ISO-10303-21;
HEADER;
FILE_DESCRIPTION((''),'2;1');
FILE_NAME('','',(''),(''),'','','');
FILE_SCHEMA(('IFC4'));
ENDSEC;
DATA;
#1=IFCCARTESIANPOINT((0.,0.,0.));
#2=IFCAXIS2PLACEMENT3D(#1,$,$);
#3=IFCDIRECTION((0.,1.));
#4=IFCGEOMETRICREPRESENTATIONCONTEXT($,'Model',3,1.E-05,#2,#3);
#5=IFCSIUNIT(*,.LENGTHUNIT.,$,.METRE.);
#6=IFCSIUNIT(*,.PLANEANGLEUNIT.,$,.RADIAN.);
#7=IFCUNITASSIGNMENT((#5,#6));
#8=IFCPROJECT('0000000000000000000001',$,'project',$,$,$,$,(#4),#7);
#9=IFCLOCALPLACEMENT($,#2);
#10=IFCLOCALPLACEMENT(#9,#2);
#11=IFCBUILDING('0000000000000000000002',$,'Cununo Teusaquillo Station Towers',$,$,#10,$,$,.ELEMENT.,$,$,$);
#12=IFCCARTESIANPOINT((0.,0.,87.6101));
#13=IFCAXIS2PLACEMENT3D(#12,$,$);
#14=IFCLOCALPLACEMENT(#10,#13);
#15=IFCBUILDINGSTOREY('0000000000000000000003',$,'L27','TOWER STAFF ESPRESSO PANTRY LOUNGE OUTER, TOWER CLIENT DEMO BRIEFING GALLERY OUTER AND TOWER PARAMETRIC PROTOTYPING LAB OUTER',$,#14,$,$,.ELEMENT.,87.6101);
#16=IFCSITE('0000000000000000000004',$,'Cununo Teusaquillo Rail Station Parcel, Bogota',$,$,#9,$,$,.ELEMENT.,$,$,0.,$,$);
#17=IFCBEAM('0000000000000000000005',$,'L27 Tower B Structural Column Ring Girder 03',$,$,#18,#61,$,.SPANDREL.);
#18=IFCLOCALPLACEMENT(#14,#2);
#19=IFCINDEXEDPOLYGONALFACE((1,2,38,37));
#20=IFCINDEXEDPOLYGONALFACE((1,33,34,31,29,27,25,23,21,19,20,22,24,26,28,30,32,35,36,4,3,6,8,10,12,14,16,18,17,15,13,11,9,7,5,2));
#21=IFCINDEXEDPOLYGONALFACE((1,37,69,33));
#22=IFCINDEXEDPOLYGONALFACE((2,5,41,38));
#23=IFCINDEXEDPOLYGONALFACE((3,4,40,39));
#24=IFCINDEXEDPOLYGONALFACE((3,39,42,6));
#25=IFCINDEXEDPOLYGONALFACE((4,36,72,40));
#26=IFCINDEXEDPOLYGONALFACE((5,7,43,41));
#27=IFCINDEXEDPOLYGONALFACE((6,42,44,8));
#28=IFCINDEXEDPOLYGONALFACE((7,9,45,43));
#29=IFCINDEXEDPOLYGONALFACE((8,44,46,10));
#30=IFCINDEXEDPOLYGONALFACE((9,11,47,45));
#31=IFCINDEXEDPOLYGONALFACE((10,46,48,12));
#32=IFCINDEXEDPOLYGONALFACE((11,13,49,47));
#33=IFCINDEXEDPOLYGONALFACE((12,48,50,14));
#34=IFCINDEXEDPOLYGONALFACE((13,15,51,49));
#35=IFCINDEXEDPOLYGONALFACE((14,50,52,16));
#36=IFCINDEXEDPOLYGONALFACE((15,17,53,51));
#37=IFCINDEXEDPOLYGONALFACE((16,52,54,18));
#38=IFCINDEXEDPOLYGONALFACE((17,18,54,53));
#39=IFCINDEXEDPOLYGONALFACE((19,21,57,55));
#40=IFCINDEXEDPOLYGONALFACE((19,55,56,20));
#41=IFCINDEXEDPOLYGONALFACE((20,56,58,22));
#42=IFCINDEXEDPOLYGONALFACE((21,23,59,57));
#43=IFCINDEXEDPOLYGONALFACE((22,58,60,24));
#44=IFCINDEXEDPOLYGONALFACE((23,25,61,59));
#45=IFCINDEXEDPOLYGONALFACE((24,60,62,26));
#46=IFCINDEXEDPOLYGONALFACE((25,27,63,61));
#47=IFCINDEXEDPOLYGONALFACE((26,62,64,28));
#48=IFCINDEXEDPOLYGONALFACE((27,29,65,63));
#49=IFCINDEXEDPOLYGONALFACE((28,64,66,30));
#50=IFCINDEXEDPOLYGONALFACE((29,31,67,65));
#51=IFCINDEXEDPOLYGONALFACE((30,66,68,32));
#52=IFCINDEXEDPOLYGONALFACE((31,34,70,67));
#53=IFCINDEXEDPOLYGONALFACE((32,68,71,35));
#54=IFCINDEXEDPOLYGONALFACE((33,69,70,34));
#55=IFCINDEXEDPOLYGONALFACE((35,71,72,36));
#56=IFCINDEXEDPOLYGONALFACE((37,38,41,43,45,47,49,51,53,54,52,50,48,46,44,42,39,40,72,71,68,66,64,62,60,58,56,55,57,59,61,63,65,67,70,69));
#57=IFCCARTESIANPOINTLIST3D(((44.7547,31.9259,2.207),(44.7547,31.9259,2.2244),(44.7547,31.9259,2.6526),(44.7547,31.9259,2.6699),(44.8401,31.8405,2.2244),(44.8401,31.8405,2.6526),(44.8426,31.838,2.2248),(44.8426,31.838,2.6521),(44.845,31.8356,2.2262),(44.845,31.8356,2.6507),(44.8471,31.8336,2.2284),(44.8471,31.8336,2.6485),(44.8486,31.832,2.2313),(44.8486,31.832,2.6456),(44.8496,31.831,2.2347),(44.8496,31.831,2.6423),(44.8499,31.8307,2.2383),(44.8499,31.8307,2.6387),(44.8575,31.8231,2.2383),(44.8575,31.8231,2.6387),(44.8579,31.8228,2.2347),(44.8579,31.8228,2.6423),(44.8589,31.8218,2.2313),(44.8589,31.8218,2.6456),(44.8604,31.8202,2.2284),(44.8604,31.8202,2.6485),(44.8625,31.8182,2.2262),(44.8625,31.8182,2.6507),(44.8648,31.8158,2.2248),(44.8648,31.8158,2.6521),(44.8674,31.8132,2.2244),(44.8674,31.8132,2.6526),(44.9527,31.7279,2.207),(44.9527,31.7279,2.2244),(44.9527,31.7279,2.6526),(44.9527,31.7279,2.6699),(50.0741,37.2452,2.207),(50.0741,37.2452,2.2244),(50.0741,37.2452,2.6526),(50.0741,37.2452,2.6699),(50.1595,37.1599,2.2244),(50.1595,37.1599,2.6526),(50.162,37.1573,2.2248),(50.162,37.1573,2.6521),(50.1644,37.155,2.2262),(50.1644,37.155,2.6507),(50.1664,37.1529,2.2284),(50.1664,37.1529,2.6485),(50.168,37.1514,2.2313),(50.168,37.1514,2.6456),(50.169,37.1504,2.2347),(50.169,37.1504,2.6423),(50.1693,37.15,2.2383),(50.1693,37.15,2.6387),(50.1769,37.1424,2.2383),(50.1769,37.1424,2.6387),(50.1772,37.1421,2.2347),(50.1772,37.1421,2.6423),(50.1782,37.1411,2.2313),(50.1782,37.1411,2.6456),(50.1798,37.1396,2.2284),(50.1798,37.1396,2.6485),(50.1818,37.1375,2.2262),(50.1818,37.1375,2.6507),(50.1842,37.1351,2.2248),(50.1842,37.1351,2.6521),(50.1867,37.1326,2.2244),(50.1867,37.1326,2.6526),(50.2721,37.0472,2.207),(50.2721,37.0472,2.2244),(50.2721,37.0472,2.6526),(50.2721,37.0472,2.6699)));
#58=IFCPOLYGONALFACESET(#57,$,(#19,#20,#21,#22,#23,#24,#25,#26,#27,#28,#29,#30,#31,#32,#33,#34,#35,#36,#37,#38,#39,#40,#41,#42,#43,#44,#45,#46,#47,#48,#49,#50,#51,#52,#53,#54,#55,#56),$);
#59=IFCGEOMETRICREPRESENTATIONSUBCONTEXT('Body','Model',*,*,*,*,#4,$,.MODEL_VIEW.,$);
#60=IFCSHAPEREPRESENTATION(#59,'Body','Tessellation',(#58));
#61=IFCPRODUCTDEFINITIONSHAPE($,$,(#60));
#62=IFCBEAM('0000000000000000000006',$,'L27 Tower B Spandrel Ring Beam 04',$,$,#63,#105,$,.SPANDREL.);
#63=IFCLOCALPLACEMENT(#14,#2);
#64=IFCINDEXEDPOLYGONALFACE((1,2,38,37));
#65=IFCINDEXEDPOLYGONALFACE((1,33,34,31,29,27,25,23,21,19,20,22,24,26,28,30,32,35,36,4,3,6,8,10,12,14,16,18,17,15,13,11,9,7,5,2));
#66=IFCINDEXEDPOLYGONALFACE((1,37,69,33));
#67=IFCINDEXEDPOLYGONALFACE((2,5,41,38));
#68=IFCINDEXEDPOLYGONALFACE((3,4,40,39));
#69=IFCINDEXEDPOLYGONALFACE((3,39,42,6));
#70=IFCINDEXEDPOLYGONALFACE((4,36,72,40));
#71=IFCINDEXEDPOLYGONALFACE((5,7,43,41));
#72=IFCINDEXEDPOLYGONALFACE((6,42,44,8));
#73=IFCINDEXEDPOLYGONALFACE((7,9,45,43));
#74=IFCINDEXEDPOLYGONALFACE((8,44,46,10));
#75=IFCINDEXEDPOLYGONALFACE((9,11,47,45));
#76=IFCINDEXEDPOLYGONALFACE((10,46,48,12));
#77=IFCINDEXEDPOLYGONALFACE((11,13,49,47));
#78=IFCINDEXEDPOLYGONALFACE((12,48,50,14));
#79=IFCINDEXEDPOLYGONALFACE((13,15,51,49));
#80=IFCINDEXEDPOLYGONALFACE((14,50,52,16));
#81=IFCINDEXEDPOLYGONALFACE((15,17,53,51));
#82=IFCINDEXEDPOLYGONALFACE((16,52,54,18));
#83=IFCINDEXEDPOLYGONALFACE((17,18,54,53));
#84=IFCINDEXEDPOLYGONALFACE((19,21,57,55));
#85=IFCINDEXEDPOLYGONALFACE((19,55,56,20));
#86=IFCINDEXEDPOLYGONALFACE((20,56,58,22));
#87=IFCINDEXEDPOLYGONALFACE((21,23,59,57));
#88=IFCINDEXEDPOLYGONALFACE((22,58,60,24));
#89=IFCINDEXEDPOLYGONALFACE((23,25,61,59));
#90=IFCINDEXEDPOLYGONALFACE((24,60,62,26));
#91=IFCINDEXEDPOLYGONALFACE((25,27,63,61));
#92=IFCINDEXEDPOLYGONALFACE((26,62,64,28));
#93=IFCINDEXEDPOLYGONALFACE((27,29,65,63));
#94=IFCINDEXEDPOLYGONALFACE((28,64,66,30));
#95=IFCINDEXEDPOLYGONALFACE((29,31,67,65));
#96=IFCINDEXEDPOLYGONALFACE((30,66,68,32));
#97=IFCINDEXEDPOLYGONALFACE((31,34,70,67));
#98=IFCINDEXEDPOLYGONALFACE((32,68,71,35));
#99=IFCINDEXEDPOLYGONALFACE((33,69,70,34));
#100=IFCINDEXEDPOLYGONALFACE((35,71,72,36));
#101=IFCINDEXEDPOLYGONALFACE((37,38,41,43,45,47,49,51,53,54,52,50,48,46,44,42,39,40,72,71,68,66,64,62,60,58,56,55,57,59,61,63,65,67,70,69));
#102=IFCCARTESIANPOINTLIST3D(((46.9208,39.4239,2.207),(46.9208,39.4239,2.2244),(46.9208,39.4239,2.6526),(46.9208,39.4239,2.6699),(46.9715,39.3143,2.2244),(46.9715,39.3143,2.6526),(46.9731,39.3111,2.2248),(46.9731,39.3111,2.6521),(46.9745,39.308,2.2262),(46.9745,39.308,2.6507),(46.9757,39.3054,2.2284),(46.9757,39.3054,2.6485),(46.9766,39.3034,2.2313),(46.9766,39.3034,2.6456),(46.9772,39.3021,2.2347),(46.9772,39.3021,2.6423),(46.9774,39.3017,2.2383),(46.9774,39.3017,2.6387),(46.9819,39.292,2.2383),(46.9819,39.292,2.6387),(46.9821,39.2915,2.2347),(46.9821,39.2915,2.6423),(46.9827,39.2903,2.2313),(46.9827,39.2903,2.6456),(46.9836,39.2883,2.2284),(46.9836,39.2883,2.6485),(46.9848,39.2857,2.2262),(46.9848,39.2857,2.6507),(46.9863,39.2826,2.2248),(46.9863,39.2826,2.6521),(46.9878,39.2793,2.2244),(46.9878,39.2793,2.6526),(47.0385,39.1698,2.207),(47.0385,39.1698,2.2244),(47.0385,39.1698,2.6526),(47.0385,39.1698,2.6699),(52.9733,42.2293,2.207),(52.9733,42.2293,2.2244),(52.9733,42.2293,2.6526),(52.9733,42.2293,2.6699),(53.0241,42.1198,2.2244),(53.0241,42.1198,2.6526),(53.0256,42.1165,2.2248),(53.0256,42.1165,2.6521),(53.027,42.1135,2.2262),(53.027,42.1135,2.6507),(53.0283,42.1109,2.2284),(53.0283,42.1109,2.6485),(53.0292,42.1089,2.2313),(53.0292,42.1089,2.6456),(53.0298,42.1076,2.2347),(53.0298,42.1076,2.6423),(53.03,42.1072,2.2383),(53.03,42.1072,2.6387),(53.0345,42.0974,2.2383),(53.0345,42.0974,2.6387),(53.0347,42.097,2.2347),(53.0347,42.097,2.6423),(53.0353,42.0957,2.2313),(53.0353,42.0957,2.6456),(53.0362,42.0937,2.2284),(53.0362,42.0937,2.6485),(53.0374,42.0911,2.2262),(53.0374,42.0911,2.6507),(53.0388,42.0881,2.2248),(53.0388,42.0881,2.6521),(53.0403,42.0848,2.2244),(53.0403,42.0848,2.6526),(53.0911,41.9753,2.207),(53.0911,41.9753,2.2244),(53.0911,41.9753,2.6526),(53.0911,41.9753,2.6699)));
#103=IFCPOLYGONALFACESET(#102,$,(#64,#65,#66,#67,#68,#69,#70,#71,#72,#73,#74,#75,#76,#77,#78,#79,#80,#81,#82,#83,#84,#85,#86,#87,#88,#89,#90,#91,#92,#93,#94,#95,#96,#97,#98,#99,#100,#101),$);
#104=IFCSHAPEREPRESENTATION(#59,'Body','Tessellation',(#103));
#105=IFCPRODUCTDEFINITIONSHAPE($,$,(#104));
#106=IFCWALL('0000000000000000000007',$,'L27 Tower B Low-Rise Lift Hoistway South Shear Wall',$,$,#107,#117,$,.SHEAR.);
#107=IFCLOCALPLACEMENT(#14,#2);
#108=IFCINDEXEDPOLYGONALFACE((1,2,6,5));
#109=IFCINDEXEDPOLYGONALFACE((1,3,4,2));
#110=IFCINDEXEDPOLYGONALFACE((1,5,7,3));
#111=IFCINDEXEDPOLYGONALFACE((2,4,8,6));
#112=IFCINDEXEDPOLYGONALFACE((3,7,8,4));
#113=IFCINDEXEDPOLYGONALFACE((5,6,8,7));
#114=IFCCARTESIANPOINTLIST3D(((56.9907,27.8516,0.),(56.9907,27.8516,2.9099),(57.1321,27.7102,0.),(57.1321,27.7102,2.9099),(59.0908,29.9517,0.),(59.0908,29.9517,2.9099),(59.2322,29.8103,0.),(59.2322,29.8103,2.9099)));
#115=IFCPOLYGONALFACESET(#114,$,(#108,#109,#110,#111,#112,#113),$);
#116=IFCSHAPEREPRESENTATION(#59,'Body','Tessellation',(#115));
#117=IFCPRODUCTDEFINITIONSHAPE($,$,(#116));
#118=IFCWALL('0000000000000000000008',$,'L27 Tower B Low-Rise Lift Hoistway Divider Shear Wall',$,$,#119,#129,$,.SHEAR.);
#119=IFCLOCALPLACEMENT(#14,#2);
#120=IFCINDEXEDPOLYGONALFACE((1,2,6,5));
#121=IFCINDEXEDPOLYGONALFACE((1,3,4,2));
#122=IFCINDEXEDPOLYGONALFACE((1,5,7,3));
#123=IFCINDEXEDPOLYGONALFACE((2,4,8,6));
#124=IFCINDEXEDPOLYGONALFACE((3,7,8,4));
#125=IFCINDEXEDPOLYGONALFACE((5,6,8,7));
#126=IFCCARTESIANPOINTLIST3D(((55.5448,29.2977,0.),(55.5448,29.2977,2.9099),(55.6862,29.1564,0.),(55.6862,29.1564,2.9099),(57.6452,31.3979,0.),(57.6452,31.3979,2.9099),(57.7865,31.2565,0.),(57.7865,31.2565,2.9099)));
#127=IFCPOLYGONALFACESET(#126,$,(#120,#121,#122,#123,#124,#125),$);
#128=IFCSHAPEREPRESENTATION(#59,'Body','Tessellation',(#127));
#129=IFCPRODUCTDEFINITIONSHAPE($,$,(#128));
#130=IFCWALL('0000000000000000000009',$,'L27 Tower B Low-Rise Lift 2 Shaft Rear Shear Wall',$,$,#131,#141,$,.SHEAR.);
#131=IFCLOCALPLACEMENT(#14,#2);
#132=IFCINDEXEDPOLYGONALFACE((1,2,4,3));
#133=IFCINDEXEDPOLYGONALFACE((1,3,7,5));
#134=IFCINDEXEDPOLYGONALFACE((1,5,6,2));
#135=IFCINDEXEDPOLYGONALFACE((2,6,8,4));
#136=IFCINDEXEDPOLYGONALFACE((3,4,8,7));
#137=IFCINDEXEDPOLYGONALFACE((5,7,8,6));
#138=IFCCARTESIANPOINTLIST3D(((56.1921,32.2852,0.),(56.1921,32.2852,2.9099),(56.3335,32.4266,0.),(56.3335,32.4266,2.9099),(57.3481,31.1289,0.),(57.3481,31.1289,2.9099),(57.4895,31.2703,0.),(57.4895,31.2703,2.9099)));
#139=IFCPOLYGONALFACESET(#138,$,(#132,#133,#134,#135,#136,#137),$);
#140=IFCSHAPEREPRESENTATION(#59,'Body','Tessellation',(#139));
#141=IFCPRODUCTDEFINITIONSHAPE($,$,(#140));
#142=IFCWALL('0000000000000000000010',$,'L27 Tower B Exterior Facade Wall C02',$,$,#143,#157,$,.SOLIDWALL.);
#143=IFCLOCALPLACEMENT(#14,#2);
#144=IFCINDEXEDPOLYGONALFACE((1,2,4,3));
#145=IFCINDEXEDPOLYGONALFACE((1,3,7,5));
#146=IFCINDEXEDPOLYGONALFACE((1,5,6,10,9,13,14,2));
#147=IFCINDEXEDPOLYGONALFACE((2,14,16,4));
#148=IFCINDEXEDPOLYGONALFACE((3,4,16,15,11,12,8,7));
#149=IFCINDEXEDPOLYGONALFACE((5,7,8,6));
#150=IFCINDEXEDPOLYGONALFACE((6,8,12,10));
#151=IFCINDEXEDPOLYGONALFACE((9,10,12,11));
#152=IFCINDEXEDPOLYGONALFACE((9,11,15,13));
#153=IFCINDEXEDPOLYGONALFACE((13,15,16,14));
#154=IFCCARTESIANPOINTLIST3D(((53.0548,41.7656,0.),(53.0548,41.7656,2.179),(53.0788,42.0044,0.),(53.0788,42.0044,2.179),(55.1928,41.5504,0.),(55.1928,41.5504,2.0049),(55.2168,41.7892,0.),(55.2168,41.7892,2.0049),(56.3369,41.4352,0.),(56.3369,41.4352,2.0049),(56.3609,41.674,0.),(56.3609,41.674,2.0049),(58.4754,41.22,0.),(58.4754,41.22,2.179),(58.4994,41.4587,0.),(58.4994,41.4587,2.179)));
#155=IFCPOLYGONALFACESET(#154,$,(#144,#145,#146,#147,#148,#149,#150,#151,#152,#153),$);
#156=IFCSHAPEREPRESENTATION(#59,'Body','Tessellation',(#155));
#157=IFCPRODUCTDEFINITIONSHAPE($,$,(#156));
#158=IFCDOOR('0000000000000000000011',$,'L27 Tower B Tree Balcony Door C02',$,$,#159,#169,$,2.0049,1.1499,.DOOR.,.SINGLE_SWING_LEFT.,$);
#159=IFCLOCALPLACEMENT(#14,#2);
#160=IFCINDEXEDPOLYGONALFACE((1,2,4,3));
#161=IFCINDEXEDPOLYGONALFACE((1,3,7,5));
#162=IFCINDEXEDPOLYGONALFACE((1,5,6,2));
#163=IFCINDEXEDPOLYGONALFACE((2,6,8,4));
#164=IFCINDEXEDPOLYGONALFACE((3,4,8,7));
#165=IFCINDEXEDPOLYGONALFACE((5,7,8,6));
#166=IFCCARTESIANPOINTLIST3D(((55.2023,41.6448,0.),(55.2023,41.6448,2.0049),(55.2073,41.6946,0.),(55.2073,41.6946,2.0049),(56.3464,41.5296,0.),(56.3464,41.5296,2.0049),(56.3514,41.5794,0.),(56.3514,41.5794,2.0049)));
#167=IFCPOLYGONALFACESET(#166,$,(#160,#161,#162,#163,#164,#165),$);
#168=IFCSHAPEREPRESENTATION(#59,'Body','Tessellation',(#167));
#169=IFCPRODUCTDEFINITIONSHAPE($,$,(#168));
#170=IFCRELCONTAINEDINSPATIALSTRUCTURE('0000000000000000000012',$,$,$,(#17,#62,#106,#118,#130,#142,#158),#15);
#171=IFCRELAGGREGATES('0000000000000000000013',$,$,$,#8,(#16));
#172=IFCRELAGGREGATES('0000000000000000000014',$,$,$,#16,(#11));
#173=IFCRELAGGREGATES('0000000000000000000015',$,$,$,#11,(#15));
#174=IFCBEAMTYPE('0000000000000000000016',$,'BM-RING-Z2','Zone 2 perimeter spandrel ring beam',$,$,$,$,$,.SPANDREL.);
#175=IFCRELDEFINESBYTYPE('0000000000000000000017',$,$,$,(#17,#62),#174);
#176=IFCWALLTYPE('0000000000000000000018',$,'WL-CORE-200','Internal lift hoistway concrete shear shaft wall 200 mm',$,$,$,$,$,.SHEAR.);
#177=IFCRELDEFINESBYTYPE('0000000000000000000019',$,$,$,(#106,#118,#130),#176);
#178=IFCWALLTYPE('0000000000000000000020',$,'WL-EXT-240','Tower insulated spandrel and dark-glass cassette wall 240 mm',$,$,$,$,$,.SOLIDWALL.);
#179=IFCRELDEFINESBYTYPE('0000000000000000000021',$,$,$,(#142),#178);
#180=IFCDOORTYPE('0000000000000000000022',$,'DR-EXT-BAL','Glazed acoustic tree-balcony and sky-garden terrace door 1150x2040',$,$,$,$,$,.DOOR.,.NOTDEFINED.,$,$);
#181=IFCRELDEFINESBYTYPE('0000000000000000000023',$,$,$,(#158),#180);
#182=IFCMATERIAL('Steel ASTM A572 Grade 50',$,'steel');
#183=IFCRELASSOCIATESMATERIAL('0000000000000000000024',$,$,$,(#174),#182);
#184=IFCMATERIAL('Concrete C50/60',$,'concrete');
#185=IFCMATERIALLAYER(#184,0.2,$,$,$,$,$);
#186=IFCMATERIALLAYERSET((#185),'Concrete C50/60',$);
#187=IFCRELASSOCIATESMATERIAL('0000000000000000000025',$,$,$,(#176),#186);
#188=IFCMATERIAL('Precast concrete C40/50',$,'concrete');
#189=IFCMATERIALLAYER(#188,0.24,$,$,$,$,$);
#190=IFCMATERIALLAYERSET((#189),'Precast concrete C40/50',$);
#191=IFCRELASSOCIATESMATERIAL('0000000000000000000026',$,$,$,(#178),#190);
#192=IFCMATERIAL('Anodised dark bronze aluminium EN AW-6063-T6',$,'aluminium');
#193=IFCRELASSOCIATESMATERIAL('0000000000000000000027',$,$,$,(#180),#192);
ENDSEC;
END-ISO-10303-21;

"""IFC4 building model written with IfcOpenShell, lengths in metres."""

from ifc_helpers import new_model, si_unit, direction, frame, frame_2d, origin, origin_2d, place, context, subcontext, project, spatial, rectangle, i_section, extrude, source, transform, mapped, material, layer, layer_set, material_profile, profile_set, type_object, element, fill, save


model = new_model("IFC4")

# Units and contexts
model_context = context("Model", 3, precision=1e-05, world=origin(), true_north=direction((0.0, 1.0)))
body_context = subcontext(model_context, "Body", "Model", "MODEL_VIEW")
ifc_project = project(units=[si_unit("LENGTHUNIT", "METRE"), si_unit("PLANEANGLEUNIT", "RADIAN")], contexts=[model_context])

# Site, building, storey
site_placement = place(None, origin())
site = spatial("IfcSite", under=ifc_project, at=site_placement, Name="Cununo Teusaquillo Rail Station Parcel, Bogota", CompositionType="ELEMENT", RefElevation=0.0)
building_placement = place(site_placement, origin())
building = spatial("IfcBuilding", under=site, at=building_placement, Name="Cununo Teusaquillo Station Towers", CompositionType="ELEMENT")
storey_placement = place(building_placement, frame((0.0, 0.0, 87.6101)))
storey = spatial("IfcBuildingStorey", under=building, at=storey_placement, Name="L27", Description="TOWER STAFF ESPRESSO PANTRY LOUNGE OUTER, TOWER CLIENT DEMO BRIEFING GALLERY OUTER AND TOWER PARAMETRIC PROTOTYPING LAB OUTER", CompositionType="ELEMENT", Elevation=87.6101)

# Beams
ifc_material_1 = material(Name="Steel ASTM A572 Grade 50", Category="steel")
ifc_material_profile_1 = material_profile(ifc_material_1, i_section(OverallWidth=0.28, OverallDepth=0.4629, WebThickness=0.0107, FlangeThickness=0.0173, FilletRadius=0.0139, at=origin_2d()), Name="W18X76")
ifc_profile_set_1 = profile_set([ifc_material_profile_1], Name="Steel ASTM A572 Grade 50")
beam_type_1 = type_object("IfcBeamType", Name="BM-RING-Z2", Description="Zone 2 perimeter spandrel ring beam", PredefinedType="SPANDREL", material=ifc_profile_set_1)
beam_1_placement = place(storey_placement, frame((50.1731, 37.1462, 2.4385), z_axis=(-0.707107, -0.707107, 0.0), x_axis=(0.707107, -0.707107, 0.0)))
element("IfcBeam", 1, at=beam_1_placement, inside=storey, type_object=beam_type_1, Name="L27 Tower B Structural Column Ring Girder 03", PredefinedType="SPANDREL", context=body_context, shape_type="SweptSolid", body=[
    extrude(i_section(OverallWidth=0.28, OverallDepth=0.4629, WebThickness=0.0107, FlangeThickness=0.0173, FilletRadius=0.0139, at=origin_2d()), origin(), (0.0, 0.0, 1.0), 7.5227),
])
beam_2_placement = place(storey_placement, frame((53.0322, 42.1023, 2.4385), z_axis=(-0.907276, -0.420536, 0.0), x_axis=(0.420536, -0.907276, 0.0)))
element("IfcBeam", 2, at=beam_2_placement, inside=storey, type_object=beam_type_1, Name="L27 Tower B Spandrel Ring Beam 04", PredefinedType="SPANDREL", context=body_context, shape_type="SweptSolid", body=[
    extrude(i_section(OverallWidth=0.28, OverallDepth=0.4629, WebThickness=0.0107, FlangeThickness=0.0173, FilletRadius=0.0139, at=origin_2d()), origin(), (0.0, 0.0, 1.0), 6.6711),
])

# Walls
ifc_material_2 = material(Name="Concrete C50/60", Category="concrete")
ifc_layer_1 = layer(ifc_material_2, 0.2)
ifc_layer_set_1 = layer_set([ifc_layer_1], Name="Concrete C50/60")
wall_type_1 = type_object("IfcWallType", Name="WL-CORE-200", Description="Internal lift hoistway concrete shear shaft wall 200 mm", PredefinedType="SHEAR", material=ifc_layer_set_1)
wall_1_placement = place(storey_placement, frame((57.0615, 27.781, 0.0), z_axis=(0.0, 0.0, 1.0), x_axis=(0.707107, 0.707107, 0.0)))
element("IfcWall", 3, at=wall_1_placement, inside=storey, type_object=wall_type_1, Name="L27 Tower B Low-Rise Lift Hoistway South Shear Wall", PredefinedType="SHEAR", context=body_context, shape_type="SweptSolid", body=[
    extrude(rectangle(XDim=2.97, YDim=0.2, at=frame_2d((1.4849, 0.0))), origin(), (0.0, 0.0, 1.0), 2.9099),
])
wall_2_placement = place(storey_placement, frame((55.6155, 29.2271, 0.0), z_axis=(0.0, 0.0, 1.0), x_axis=(0.707148, 0.707066, 0.0)))
element("IfcWall", 4, at=wall_2_placement, inside=storey, type_object=wall_type_1, Name="L27 Tower B Low-Rise Lift Hoistway Divider Shear Wall", PredefinedType="SHEAR", context=body_context, shape_type="SweptSolid", body=[
    extrude(rectangle(XDim=2.9702, YDim=0.2, at=frame_2d((1.4851, 0.0))), origin(), (0.0, 0.0, 1.0), 2.9099),
])
wall_3_placement = place(storey_placement, frame((57.4187, 31.1997, 0.0), z_axis=(0.0, 0.0, 1.0), x_axis=(-0.707032, 0.707181, 0.0)))
element("IfcWall", 5, at=wall_3_placement, inside=storey, type_object=wall_type_1, Name="L27 Tower B Low-Rise Lift 2 Shaft Rear Shear Wall", PredefinedType="SHEAR", context=body_context, shape_type="SweptSolid", body=[
    extrude(rectangle(XDim=1.635, YDim=0.2, at=frame_2d((0.8174, 0.0))), origin(), (0.0, 0.0, 1.0), 2.9099),
])

# Wall, opening, door
ifc_material_3 = material(Name="Precast concrete C40/50", Category="concrete")
ifc_layer_2 = layer(ifc_material_3, 0.24)
ifc_layer_set_2 = layer_set([ifc_layer_2], Name="Precast concrete C40/50")
wall_type_2 = type_object("IfcWallType", Name="WL-EXT-240", Description="Tower insulated spandrel and dark-glass cassette wall 240 mm", PredefinedType="SOLIDWALL", material=ifc_layer_set_2)
wall_4_placement = place(storey_placement, frame((53.0667, 41.885, 0.0), z_axis=(0.0, 0.0, 1.0), x_axis=(0.994972, -0.100156, 0.0)))
wall_4 = element("IfcWall", 6, at=wall_4_placement, inside=storey, type_object=wall_type_2, Name="L27 Tower B Exterior Facade Wall C02", PredefinedType="SOLIDWALL", context=body_context, shape_type="SweptSolid", body=[
    extrude(rectangle(XDim=5.448, YDim=0.24, at=frame_2d((2.7241, 0.0))), origin(), (0.0, 0.0, 1.0), 2.179),
])
shared_shape_1 = source(origin(), body_context, "Body", "SweptSolid", [
    extrude(rectangle(XDim=1.1499, YDim=2.0049, at=frame_2d((0.575, 1.0024))), frame((0.0, 0.1299, 0.0), z_axis=(0.0, -1.0, 0.0), x_axis=(1.0, 0.0, 0.0)), (0.0, 0.0, 1.0), 0.26),
])
opening_1_placement = place(wall_4_placement, frame((2.1489, 0.0, 0.0)))
opening_1 = element("IfcOpeningElement", 7, at=opening_1_placement, cuts=wall_4, PredefinedType="OPENING", context=body_context, shape_type="MappedRepresentation", body=[
    mapped(shared_shape_1, transform((0.0, 0.0, 0.0), x_axis=(1.0, 0.0, 0.0), y_axis=(0.0, 1.0, 0.0), z_axis=(0.0, 0.0, 1.0), scale=1.0)),
])
ifc_material_4 = material(Name="Anodised dark bronze aluminium EN AW-6063-T6", Category="aluminium")
door_type_1 = type_object("IfcDoorType", Name="DR-EXT-BAL", Description="Glazed acoustic tree-balcony and sky-garden terrace door 1150x2040", OperationType="NOTDEFINED", PredefinedType="DOOR", material=ifc_material_4)
shared_shape_2 = source(origin(), body_context, "Body", "SweptSolid", [
    extrude(rectangle(XDim=1.1499, YDim=2.0049, at=frame_2d((0.575, 1.0024))), frame((0.0, 0.0249, 0.0), z_axis=(0.0, -1.0, 0.0), x_axis=(1.0, 0.0, 0.0)), (0.0, 0.0, 1.0), 0.05),
])
door_1_placement = place(opening_1_placement, origin())
door_1 = element("IfcDoor", 8, at=door_1_placement, inside=storey, type_object=door_type_1, Name="L27 Tower B Tree Balcony Door C02", OperationType="SINGLE_SWING_LEFT", OverallHeight=2.0049, OverallWidth=1.1499, PredefinedType="DOOR", context=body_context, shape_type="MappedRepresentation", body=[
    mapped(shared_shape_2, transform((0.0, 0.0, 0.0), x_axis=(1.0, 0.0, 0.0), y_axis=(0.0, 1.0, 0.0), z_axis=(0.0, 0.0, 1.0), scale=1.0)),
])
fill(opening_1, door_1)

save(model, "model.ifc")
